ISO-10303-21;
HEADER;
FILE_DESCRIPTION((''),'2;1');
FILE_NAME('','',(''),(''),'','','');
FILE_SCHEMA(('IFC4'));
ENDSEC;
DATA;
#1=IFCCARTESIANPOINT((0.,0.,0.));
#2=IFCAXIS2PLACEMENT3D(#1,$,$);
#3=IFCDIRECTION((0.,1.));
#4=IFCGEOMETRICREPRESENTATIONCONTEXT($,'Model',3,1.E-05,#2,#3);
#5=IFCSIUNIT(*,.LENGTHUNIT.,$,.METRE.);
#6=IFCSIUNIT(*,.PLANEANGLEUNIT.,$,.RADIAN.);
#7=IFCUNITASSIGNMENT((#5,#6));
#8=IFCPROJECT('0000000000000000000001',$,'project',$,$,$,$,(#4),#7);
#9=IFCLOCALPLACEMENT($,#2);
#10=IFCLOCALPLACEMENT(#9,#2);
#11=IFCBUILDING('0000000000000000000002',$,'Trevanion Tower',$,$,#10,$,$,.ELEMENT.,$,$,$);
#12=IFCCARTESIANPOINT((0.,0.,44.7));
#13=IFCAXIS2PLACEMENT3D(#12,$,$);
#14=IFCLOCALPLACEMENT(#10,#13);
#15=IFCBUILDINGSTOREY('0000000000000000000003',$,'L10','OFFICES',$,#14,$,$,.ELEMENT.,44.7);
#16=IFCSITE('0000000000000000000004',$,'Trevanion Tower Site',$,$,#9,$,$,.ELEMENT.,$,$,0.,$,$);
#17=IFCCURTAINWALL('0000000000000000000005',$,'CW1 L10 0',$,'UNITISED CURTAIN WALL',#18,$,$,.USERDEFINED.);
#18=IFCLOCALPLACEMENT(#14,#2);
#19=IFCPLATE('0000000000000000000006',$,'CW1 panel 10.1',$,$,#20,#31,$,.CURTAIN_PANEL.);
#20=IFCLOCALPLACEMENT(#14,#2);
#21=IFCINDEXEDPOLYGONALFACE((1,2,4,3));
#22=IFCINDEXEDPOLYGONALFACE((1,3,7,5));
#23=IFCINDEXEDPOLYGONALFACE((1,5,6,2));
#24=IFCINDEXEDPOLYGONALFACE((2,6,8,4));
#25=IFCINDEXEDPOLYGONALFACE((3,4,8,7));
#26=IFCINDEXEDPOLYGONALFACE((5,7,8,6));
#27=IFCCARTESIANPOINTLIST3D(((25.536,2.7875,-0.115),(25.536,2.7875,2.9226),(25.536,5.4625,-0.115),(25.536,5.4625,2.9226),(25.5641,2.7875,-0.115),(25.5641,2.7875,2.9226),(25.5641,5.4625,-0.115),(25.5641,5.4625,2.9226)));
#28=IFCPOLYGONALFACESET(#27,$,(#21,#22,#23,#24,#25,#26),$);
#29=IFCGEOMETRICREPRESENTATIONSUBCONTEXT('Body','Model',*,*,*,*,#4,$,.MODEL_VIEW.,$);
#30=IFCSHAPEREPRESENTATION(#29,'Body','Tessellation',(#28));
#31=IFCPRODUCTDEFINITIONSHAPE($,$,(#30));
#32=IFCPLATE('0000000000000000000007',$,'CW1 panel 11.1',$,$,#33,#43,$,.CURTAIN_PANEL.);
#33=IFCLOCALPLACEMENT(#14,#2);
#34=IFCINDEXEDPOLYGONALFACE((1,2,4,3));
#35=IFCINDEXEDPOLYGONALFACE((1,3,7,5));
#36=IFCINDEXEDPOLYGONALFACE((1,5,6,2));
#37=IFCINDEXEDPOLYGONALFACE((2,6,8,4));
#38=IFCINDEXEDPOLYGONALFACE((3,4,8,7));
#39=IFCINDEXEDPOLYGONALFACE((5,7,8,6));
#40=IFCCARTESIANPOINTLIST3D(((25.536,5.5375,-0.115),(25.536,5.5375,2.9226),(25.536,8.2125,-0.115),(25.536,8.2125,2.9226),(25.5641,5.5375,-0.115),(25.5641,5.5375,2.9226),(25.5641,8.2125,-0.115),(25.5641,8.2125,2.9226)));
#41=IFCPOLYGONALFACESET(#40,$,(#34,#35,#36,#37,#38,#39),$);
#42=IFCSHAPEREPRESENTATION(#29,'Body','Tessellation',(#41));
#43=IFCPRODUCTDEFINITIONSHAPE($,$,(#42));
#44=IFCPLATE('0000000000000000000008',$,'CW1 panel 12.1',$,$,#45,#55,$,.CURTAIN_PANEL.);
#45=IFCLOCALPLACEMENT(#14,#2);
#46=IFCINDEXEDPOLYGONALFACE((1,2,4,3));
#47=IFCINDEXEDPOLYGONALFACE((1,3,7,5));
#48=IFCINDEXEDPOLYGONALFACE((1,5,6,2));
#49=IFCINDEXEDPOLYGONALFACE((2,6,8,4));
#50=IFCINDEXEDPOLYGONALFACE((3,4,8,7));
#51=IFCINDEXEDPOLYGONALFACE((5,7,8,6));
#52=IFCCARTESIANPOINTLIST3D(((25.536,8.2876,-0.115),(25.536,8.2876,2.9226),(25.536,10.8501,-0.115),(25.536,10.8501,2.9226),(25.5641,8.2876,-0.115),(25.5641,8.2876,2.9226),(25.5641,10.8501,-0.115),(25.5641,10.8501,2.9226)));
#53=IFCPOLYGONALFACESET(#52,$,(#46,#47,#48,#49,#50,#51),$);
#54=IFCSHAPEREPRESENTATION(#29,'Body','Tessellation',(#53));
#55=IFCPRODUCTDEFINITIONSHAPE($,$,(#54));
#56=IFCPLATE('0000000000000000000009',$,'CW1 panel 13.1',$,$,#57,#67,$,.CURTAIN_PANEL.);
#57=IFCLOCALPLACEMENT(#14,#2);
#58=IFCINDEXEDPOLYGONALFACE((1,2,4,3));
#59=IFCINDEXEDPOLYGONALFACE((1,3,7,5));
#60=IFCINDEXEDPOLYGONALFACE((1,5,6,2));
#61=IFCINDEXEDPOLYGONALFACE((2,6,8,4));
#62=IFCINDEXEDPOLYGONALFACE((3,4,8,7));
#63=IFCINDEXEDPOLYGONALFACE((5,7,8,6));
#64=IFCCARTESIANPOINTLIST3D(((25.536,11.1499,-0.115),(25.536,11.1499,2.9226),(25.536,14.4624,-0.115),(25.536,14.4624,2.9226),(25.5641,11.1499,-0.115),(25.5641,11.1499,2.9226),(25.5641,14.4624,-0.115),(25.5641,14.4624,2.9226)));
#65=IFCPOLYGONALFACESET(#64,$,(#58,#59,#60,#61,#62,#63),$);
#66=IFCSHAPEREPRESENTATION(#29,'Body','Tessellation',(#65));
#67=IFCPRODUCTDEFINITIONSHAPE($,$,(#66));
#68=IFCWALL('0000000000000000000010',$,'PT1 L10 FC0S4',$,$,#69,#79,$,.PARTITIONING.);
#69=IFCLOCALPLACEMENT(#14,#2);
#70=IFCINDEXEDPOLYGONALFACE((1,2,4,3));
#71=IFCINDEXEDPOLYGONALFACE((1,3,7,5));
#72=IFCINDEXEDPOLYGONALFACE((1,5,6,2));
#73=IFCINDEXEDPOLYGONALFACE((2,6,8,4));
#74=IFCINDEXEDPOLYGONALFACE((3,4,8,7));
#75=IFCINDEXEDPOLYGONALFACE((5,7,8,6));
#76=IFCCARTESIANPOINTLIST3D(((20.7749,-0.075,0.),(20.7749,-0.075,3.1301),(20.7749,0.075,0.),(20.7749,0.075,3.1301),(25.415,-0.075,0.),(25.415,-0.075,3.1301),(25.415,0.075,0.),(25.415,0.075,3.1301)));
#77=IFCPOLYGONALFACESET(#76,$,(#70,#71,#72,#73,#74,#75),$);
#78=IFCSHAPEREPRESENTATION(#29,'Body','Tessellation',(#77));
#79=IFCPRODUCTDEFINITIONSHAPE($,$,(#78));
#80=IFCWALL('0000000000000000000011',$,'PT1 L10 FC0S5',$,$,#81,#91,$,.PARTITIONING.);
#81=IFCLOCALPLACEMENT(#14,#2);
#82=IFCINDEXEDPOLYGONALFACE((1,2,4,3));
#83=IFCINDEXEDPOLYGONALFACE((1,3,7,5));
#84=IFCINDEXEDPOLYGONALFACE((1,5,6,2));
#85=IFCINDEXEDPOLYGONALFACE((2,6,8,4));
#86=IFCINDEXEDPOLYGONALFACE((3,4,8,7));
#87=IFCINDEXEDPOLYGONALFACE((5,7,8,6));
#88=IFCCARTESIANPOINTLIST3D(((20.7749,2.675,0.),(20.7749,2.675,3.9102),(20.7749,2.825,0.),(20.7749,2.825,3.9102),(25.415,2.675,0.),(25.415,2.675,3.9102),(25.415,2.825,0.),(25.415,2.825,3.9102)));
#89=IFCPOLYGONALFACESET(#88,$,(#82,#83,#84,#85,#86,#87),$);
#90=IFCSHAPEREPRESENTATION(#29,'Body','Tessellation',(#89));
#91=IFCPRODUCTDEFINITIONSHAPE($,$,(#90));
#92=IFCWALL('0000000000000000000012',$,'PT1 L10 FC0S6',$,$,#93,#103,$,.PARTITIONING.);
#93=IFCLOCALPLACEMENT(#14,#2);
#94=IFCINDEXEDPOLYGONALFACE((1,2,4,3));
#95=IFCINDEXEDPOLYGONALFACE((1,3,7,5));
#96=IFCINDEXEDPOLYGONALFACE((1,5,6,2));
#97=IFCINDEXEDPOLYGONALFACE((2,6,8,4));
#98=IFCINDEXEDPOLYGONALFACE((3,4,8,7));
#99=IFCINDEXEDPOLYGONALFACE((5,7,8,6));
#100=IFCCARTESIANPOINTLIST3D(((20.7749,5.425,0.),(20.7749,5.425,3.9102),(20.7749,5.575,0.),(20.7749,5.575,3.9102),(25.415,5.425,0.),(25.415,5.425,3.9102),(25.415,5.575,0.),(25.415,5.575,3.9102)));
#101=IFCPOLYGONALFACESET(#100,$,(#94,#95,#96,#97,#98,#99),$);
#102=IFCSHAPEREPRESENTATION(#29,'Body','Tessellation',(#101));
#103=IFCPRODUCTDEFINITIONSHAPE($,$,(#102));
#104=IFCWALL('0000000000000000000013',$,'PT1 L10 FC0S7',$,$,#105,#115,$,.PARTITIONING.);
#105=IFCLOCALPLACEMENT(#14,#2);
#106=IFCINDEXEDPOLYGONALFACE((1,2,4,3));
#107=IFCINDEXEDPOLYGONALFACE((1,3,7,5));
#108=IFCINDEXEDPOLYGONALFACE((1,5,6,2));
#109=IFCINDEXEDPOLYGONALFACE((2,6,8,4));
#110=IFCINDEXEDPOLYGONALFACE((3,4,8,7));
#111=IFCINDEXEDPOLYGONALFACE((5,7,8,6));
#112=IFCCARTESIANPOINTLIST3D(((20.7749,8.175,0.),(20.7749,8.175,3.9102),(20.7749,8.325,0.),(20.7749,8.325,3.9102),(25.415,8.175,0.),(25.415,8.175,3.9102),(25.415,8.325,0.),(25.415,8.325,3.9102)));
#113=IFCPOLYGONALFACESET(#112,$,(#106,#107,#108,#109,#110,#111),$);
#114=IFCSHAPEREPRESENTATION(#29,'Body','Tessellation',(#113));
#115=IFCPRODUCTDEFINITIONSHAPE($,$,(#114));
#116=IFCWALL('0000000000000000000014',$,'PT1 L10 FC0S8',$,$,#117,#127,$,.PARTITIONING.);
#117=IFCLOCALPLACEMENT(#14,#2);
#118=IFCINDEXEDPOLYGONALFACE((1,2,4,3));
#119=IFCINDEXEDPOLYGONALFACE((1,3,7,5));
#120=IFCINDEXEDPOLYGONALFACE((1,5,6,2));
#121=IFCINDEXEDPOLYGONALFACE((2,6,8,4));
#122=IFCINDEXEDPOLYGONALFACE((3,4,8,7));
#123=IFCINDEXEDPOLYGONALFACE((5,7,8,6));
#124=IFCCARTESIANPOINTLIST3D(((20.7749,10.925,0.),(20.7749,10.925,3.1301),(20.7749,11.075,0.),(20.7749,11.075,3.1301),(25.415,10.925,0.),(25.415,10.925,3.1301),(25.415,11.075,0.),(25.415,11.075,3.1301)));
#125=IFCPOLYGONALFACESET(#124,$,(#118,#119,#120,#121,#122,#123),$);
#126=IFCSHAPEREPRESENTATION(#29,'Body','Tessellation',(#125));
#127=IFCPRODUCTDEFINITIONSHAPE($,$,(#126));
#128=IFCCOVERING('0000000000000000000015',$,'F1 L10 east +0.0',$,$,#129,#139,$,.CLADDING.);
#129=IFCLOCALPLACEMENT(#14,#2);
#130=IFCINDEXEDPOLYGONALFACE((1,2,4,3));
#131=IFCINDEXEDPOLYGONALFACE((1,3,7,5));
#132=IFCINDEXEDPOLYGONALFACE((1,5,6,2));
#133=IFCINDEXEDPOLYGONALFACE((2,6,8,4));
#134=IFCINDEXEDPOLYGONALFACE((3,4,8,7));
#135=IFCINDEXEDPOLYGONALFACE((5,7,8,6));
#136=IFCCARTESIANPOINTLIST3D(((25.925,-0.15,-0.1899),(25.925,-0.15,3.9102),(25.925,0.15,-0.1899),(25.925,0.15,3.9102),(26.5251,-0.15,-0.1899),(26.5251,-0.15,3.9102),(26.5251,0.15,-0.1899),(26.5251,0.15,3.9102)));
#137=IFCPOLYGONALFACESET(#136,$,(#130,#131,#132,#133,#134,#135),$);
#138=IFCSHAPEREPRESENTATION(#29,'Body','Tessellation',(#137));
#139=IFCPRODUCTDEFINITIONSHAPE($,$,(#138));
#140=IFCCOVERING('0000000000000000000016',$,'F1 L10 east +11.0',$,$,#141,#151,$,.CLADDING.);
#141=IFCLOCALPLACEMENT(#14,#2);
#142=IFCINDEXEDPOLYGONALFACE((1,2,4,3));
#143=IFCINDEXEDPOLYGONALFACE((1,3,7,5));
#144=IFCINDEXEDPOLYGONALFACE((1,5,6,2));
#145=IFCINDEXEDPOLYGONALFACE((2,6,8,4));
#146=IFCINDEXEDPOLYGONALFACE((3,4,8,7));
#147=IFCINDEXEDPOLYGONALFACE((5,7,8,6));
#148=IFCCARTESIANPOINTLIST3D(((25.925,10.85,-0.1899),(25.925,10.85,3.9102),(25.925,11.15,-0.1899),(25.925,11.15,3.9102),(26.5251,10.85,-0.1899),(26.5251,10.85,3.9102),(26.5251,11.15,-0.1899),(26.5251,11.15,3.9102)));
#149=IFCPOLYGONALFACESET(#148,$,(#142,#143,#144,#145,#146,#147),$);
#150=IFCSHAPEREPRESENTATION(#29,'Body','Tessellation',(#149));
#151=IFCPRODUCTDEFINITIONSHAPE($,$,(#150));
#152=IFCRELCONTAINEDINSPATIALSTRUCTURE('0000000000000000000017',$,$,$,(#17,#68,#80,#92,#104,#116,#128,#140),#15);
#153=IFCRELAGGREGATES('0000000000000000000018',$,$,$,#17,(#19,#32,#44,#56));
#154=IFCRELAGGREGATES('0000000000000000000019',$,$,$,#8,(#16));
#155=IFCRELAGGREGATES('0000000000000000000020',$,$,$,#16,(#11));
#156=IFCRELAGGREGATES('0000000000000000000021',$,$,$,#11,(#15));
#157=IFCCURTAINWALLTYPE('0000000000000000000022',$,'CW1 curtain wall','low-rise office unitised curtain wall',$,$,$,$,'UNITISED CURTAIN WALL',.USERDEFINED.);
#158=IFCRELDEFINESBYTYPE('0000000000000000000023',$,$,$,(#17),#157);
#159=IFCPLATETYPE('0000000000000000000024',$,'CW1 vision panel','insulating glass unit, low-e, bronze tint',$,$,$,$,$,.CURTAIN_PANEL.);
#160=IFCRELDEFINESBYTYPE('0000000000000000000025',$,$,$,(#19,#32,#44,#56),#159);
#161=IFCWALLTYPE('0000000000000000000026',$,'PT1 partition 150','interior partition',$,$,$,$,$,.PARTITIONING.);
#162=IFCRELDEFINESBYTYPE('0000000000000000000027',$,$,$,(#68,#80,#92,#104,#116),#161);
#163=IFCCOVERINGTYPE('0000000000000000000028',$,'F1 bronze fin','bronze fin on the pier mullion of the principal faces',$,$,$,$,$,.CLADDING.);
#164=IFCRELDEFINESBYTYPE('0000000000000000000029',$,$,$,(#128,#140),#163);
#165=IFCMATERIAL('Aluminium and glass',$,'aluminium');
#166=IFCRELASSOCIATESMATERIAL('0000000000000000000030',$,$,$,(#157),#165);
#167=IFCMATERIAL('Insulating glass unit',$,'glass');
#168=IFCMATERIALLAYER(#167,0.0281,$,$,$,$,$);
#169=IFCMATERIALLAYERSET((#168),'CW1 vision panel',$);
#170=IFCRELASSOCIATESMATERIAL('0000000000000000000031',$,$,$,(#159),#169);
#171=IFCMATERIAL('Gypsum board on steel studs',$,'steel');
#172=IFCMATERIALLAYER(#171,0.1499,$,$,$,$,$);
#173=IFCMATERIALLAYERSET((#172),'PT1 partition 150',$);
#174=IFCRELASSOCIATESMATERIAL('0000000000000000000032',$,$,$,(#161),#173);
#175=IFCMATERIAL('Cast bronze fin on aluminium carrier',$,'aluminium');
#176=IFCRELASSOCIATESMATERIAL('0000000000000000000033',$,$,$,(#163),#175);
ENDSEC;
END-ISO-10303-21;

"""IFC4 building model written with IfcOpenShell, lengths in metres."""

from ifc_helpers import new_model, si_unit, direction, frame, frame_2d, origin, origin_2d, place, context, subcontext, project, spatial, rectangle, extrude, material, layer, layer_set, type_object, element, aggregate, save


model = new_model("IFC4")

# Units and contexts
model_context = context("Model", 3, precision=1e-05, world=origin(), true_north=direction((0.0, 1.0)))
body_context = subcontext(model_context, "Body", "Model", "MODEL_VIEW")
ifc_project = project(units=[si_unit("LENGTHUNIT", "METRE"), si_unit("PLANEANGLEUNIT", "RADIAN")], contexts=[model_context])

# Site, building, storey
site_placement = place(None, origin())
site = spatial("IfcSite", under=ifc_project, at=site_placement, Name="Trevanion Tower Site", CompositionType="ELEMENT", RefElevation=0.0)
building_placement = place(site_placement, origin())
building = spatial("IfcBuilding", under=site, at=building_placement, Name="Trevanion Tower", CompositionType="ELEMENT")
storey_placement = place(building_placement, frame((0.0, 0.0, 44.7)))
storey = spatial("IfcBuildingStorey", under=building, at=storey_placement, Name="L10", Description="OFFICES", CompositionType="ELEMENT", Elevation=44.7)

# Curtain wall
ifc_material_1 = material(Name="Aluminium and glass", Category="aluminium")
curtain_wall_type = type_object("IfcCurtainWallType", Name="CW1 curtain wall", Description="low-rise office unitised curtain wall", ElementType="UNITISED CURTAIN WALL", PredefinedType="USERDEFINED", material=ifc_material_1)
curtain_wall_placement = place(storey_placement, origin())
curtain_wall = element("IfcCurtainWall", 1, at=curtain_wall_placement, inside=storey, type_object=curtain_wall_type, Name="CW1 L10 0", ObjectType="UNITISED CURTAIN WALL", PredefinedType="USERDEFINED")

# Plates
ifc_material_2 = material(Name="Insulating glass unit", Category="glass")
ifc_layer_1 = layer(ifc_material_2, 0.0281)
ifc_layer_set_1 = layer_set([ifc_layer_1], Name="CW1 vision panel")
plate_type_1 = type_object("IfcPlateType", Name="CW1 vision panel", Description="insulating glass unit, low-e, bronze tint", PredefinedType="CURTAIN_PANEL", material=ifc_layer_set_1)
plate_1_placement = place(storey_placement, frame((25.55, 4.125, -0.115), z_axis=(0.0, 0.0, 1.0), x_axis=(0.0, 1.0, 0.0)))
plate_1 = element("IfcPlate", 2, at=plate_1_placement, type_object=plate_type_1, Name="CW1 panel 10.1", PredefinedType="CURTAIN_PANEL", context=body_context, shape_type="SweptSolid", body=[
    extrude(rectangle(XDim=2.675, YDim=0.0281, at=origin_2d()), origin(), (0.0, 0.0, 1.0), 3.0376),
])
plate_2_placement = place(storey_placement, frame((25.55, 6.875, -0.115), z_axis=(0.0, 0.0, 1.0), x_axis=(0.0, 1.0, 0.0)))
plate_2 = element("IfcPlate", 3, at=plate_2_placement, type_object=plate_type_1, Name="CW1 panel 11.1", PredefinedType="CURTAIN_PANEL", context=body_context, shape_type="SweptSolid", body=[
    extrude(rectangle(XDim=2.675, YDim=0.0281, at=origin_2d()), origin(), (0.0, 0.0, 1.0), 3.0376),
])
plate_3_placement = place(storey_placement, frame((25.55, 9.5688, -0.115), z_axis=(0.0, 0.0, 1.0), x_axis=(0.0, 1.0, 0.0)))
plate_3 = element("IfcPlate", 4, at=plate_3_placement, type_object=plate_type_1, Name="CW1 panel 12.1", PredefinedType="CURTAIN_PANEL", context=body_context, shape_type="SweptSolid", body=[
    extrude(rectangle(XDim=2.5625, YDim=0.0281, at=origin_2d()), origin(), (0.0, 0.0, 1.0), 3.0376),
])
plate_4_placement = place(storey_placement, frame((25.55, 12.8062, -0.115), z_axis=(0.0, 0.0, 1.0), x_axis=(0.0, 1.0, 0.0)))
plate_4 = element("IfcPlate", 5, at=plate_4_placement, type_object=plate_type_1, Name="CW1 panel 13.1", PredefinedType="CURTAIN_PANEL", context=body_context, shape_type="SweptSolid", body=[
    extrude(rectangle(XDim=3.3125, YDim=0.0281, at=origin_2d()), origin(), (0.0, 0.0, 1.0), 3.0376),
])
aggregate(curtain_wall, [plate_1, plate_2, plate_3, plate_4])

# Walls
ifc_material_3 = material(Name="Gypsum board on steel studs", Category="steel")
ifc_layer_2 = layer(ifc_material_3, 0.1499)
ifc_layer_set_2 = layer_set([ifc_layer_2], Name="PT1 partition 150")
wall_type = type_object("IfcWallType", Name="PT1 partition 150", Description="interior partition", PredefinedType="PARTITIONING", material=ifc_layer_set_2)
wall_1_placement = place(storey_placement, frame((20.7749, 0.0, 0.0), z_axis=(0.0, 0.0, 1.0), x_axis=(1.0, 0.0, 0.0)))
element("IfcWall", 6, at=wall_1_placement, inside=storey, type_object=wall_type, Name="PT1 L10 FC0S4", PredefinedType="PARTITIONING", context=body_context, shape_type="SweptSolid", body=[
    extrude(rectangle(XDim=4.6401, YDim=0.1499, at=frame_2d((2.3201, 0.0))), origin(), (0.0, 0.0, 1.0), 3.1301),
])
for number, where, z_axis, x_axis, name in (
    (7, (20.7749, 2.75, 0.0), (0.0, 0.0, 1.0), (1.0, 0.0, 0.0), "PT1 L10 FC0S5"),
    (8, (20.7749, 5.5, 0.0), (0.0, 0.0, 1.0), (1.0, 0.0, 0.0), "PT1 L10 FC0S6"),
    (9, (20.7749, 8.25, 0.0), (0.0, 0.0, 1.0), (1.0, 0.0, 0.0), "PT1 L10 FC0S7"),
):
    element("IfcWall", number, at=place(storey_placement, frame(where, z_axis=z_axis, x_axis=x_axis)), inside=storey, type_object=wall_type, Name=name, PredefinedType="PARTITIONING", context=body_context, shape_type="SweptSolid", body=[
        extrude(rectangle(XDim=4.6401, YDim=0.1499, at=frame_2d((2.3201, 0.0))), origin(), (0.0, 0.0, 1.0), 3.9102),
    ])
wall_2_placement = place(storey_placement, frame((20.7749, 11.0, 0.0), z_axis=(0.0, 0.0, 1.0), x_axis=(1.0, 0.0, 0.0)))
element("IfcWall", 10, at=wall_2_placement, inside=storey, type_object=wall_type, Name="PT1 L10 FC0S8", PredefinedType="PARTITIONING", context=body_context, shape_type="SweptSolid", body=[
    extrude(rectangle(XDim=4.6401, YDim=0.1499, at=frame_2d((2.3201, 0.0))), origin(), (0.0, 0.0, 1.0), 3.1301),
])

# Coverings
ifc_material_4 = material(Name="Cast bronze fin on aluminium carrier", Category="aluminium")
covering_type = type_object("IfcCoveringType", Name="F1 bronze fin", Description="bronze fin on the pier mullion of the principal faces", PredefinedType="CLADDING", material=ifc_material_4)
for number, where, z_axis, x_axis, name in (
    (11, (26.2251, 0.0, -0.1899), (0.0, 0.0, 1.0), (0.0, 1.0, 0.0), "F1 L10 east +0.0"),
    (12, (26.2251, 11.0, -0.1899), (0.0, 0.0, 1.0), (0.0, 1.0, 0.0), "F1 L10 east +11.0"),
):
    element("IfcCovering", number, at=place(storey_placement, frame(where, z_axis=z_axis, x_axis=x_axis)), inside=storey, type_object=covering_type, Name=name, PredefinedType="CLADDING", context=body_context, shape_type="SweptSolid", body=[
        extrude(rectangle(XDim=0.3, YDim=0.6001, at=origin_2d()), origin(), (0.0, 0.0, 1.0), 4.1001),
    ])

save(model, "model.ifc")
